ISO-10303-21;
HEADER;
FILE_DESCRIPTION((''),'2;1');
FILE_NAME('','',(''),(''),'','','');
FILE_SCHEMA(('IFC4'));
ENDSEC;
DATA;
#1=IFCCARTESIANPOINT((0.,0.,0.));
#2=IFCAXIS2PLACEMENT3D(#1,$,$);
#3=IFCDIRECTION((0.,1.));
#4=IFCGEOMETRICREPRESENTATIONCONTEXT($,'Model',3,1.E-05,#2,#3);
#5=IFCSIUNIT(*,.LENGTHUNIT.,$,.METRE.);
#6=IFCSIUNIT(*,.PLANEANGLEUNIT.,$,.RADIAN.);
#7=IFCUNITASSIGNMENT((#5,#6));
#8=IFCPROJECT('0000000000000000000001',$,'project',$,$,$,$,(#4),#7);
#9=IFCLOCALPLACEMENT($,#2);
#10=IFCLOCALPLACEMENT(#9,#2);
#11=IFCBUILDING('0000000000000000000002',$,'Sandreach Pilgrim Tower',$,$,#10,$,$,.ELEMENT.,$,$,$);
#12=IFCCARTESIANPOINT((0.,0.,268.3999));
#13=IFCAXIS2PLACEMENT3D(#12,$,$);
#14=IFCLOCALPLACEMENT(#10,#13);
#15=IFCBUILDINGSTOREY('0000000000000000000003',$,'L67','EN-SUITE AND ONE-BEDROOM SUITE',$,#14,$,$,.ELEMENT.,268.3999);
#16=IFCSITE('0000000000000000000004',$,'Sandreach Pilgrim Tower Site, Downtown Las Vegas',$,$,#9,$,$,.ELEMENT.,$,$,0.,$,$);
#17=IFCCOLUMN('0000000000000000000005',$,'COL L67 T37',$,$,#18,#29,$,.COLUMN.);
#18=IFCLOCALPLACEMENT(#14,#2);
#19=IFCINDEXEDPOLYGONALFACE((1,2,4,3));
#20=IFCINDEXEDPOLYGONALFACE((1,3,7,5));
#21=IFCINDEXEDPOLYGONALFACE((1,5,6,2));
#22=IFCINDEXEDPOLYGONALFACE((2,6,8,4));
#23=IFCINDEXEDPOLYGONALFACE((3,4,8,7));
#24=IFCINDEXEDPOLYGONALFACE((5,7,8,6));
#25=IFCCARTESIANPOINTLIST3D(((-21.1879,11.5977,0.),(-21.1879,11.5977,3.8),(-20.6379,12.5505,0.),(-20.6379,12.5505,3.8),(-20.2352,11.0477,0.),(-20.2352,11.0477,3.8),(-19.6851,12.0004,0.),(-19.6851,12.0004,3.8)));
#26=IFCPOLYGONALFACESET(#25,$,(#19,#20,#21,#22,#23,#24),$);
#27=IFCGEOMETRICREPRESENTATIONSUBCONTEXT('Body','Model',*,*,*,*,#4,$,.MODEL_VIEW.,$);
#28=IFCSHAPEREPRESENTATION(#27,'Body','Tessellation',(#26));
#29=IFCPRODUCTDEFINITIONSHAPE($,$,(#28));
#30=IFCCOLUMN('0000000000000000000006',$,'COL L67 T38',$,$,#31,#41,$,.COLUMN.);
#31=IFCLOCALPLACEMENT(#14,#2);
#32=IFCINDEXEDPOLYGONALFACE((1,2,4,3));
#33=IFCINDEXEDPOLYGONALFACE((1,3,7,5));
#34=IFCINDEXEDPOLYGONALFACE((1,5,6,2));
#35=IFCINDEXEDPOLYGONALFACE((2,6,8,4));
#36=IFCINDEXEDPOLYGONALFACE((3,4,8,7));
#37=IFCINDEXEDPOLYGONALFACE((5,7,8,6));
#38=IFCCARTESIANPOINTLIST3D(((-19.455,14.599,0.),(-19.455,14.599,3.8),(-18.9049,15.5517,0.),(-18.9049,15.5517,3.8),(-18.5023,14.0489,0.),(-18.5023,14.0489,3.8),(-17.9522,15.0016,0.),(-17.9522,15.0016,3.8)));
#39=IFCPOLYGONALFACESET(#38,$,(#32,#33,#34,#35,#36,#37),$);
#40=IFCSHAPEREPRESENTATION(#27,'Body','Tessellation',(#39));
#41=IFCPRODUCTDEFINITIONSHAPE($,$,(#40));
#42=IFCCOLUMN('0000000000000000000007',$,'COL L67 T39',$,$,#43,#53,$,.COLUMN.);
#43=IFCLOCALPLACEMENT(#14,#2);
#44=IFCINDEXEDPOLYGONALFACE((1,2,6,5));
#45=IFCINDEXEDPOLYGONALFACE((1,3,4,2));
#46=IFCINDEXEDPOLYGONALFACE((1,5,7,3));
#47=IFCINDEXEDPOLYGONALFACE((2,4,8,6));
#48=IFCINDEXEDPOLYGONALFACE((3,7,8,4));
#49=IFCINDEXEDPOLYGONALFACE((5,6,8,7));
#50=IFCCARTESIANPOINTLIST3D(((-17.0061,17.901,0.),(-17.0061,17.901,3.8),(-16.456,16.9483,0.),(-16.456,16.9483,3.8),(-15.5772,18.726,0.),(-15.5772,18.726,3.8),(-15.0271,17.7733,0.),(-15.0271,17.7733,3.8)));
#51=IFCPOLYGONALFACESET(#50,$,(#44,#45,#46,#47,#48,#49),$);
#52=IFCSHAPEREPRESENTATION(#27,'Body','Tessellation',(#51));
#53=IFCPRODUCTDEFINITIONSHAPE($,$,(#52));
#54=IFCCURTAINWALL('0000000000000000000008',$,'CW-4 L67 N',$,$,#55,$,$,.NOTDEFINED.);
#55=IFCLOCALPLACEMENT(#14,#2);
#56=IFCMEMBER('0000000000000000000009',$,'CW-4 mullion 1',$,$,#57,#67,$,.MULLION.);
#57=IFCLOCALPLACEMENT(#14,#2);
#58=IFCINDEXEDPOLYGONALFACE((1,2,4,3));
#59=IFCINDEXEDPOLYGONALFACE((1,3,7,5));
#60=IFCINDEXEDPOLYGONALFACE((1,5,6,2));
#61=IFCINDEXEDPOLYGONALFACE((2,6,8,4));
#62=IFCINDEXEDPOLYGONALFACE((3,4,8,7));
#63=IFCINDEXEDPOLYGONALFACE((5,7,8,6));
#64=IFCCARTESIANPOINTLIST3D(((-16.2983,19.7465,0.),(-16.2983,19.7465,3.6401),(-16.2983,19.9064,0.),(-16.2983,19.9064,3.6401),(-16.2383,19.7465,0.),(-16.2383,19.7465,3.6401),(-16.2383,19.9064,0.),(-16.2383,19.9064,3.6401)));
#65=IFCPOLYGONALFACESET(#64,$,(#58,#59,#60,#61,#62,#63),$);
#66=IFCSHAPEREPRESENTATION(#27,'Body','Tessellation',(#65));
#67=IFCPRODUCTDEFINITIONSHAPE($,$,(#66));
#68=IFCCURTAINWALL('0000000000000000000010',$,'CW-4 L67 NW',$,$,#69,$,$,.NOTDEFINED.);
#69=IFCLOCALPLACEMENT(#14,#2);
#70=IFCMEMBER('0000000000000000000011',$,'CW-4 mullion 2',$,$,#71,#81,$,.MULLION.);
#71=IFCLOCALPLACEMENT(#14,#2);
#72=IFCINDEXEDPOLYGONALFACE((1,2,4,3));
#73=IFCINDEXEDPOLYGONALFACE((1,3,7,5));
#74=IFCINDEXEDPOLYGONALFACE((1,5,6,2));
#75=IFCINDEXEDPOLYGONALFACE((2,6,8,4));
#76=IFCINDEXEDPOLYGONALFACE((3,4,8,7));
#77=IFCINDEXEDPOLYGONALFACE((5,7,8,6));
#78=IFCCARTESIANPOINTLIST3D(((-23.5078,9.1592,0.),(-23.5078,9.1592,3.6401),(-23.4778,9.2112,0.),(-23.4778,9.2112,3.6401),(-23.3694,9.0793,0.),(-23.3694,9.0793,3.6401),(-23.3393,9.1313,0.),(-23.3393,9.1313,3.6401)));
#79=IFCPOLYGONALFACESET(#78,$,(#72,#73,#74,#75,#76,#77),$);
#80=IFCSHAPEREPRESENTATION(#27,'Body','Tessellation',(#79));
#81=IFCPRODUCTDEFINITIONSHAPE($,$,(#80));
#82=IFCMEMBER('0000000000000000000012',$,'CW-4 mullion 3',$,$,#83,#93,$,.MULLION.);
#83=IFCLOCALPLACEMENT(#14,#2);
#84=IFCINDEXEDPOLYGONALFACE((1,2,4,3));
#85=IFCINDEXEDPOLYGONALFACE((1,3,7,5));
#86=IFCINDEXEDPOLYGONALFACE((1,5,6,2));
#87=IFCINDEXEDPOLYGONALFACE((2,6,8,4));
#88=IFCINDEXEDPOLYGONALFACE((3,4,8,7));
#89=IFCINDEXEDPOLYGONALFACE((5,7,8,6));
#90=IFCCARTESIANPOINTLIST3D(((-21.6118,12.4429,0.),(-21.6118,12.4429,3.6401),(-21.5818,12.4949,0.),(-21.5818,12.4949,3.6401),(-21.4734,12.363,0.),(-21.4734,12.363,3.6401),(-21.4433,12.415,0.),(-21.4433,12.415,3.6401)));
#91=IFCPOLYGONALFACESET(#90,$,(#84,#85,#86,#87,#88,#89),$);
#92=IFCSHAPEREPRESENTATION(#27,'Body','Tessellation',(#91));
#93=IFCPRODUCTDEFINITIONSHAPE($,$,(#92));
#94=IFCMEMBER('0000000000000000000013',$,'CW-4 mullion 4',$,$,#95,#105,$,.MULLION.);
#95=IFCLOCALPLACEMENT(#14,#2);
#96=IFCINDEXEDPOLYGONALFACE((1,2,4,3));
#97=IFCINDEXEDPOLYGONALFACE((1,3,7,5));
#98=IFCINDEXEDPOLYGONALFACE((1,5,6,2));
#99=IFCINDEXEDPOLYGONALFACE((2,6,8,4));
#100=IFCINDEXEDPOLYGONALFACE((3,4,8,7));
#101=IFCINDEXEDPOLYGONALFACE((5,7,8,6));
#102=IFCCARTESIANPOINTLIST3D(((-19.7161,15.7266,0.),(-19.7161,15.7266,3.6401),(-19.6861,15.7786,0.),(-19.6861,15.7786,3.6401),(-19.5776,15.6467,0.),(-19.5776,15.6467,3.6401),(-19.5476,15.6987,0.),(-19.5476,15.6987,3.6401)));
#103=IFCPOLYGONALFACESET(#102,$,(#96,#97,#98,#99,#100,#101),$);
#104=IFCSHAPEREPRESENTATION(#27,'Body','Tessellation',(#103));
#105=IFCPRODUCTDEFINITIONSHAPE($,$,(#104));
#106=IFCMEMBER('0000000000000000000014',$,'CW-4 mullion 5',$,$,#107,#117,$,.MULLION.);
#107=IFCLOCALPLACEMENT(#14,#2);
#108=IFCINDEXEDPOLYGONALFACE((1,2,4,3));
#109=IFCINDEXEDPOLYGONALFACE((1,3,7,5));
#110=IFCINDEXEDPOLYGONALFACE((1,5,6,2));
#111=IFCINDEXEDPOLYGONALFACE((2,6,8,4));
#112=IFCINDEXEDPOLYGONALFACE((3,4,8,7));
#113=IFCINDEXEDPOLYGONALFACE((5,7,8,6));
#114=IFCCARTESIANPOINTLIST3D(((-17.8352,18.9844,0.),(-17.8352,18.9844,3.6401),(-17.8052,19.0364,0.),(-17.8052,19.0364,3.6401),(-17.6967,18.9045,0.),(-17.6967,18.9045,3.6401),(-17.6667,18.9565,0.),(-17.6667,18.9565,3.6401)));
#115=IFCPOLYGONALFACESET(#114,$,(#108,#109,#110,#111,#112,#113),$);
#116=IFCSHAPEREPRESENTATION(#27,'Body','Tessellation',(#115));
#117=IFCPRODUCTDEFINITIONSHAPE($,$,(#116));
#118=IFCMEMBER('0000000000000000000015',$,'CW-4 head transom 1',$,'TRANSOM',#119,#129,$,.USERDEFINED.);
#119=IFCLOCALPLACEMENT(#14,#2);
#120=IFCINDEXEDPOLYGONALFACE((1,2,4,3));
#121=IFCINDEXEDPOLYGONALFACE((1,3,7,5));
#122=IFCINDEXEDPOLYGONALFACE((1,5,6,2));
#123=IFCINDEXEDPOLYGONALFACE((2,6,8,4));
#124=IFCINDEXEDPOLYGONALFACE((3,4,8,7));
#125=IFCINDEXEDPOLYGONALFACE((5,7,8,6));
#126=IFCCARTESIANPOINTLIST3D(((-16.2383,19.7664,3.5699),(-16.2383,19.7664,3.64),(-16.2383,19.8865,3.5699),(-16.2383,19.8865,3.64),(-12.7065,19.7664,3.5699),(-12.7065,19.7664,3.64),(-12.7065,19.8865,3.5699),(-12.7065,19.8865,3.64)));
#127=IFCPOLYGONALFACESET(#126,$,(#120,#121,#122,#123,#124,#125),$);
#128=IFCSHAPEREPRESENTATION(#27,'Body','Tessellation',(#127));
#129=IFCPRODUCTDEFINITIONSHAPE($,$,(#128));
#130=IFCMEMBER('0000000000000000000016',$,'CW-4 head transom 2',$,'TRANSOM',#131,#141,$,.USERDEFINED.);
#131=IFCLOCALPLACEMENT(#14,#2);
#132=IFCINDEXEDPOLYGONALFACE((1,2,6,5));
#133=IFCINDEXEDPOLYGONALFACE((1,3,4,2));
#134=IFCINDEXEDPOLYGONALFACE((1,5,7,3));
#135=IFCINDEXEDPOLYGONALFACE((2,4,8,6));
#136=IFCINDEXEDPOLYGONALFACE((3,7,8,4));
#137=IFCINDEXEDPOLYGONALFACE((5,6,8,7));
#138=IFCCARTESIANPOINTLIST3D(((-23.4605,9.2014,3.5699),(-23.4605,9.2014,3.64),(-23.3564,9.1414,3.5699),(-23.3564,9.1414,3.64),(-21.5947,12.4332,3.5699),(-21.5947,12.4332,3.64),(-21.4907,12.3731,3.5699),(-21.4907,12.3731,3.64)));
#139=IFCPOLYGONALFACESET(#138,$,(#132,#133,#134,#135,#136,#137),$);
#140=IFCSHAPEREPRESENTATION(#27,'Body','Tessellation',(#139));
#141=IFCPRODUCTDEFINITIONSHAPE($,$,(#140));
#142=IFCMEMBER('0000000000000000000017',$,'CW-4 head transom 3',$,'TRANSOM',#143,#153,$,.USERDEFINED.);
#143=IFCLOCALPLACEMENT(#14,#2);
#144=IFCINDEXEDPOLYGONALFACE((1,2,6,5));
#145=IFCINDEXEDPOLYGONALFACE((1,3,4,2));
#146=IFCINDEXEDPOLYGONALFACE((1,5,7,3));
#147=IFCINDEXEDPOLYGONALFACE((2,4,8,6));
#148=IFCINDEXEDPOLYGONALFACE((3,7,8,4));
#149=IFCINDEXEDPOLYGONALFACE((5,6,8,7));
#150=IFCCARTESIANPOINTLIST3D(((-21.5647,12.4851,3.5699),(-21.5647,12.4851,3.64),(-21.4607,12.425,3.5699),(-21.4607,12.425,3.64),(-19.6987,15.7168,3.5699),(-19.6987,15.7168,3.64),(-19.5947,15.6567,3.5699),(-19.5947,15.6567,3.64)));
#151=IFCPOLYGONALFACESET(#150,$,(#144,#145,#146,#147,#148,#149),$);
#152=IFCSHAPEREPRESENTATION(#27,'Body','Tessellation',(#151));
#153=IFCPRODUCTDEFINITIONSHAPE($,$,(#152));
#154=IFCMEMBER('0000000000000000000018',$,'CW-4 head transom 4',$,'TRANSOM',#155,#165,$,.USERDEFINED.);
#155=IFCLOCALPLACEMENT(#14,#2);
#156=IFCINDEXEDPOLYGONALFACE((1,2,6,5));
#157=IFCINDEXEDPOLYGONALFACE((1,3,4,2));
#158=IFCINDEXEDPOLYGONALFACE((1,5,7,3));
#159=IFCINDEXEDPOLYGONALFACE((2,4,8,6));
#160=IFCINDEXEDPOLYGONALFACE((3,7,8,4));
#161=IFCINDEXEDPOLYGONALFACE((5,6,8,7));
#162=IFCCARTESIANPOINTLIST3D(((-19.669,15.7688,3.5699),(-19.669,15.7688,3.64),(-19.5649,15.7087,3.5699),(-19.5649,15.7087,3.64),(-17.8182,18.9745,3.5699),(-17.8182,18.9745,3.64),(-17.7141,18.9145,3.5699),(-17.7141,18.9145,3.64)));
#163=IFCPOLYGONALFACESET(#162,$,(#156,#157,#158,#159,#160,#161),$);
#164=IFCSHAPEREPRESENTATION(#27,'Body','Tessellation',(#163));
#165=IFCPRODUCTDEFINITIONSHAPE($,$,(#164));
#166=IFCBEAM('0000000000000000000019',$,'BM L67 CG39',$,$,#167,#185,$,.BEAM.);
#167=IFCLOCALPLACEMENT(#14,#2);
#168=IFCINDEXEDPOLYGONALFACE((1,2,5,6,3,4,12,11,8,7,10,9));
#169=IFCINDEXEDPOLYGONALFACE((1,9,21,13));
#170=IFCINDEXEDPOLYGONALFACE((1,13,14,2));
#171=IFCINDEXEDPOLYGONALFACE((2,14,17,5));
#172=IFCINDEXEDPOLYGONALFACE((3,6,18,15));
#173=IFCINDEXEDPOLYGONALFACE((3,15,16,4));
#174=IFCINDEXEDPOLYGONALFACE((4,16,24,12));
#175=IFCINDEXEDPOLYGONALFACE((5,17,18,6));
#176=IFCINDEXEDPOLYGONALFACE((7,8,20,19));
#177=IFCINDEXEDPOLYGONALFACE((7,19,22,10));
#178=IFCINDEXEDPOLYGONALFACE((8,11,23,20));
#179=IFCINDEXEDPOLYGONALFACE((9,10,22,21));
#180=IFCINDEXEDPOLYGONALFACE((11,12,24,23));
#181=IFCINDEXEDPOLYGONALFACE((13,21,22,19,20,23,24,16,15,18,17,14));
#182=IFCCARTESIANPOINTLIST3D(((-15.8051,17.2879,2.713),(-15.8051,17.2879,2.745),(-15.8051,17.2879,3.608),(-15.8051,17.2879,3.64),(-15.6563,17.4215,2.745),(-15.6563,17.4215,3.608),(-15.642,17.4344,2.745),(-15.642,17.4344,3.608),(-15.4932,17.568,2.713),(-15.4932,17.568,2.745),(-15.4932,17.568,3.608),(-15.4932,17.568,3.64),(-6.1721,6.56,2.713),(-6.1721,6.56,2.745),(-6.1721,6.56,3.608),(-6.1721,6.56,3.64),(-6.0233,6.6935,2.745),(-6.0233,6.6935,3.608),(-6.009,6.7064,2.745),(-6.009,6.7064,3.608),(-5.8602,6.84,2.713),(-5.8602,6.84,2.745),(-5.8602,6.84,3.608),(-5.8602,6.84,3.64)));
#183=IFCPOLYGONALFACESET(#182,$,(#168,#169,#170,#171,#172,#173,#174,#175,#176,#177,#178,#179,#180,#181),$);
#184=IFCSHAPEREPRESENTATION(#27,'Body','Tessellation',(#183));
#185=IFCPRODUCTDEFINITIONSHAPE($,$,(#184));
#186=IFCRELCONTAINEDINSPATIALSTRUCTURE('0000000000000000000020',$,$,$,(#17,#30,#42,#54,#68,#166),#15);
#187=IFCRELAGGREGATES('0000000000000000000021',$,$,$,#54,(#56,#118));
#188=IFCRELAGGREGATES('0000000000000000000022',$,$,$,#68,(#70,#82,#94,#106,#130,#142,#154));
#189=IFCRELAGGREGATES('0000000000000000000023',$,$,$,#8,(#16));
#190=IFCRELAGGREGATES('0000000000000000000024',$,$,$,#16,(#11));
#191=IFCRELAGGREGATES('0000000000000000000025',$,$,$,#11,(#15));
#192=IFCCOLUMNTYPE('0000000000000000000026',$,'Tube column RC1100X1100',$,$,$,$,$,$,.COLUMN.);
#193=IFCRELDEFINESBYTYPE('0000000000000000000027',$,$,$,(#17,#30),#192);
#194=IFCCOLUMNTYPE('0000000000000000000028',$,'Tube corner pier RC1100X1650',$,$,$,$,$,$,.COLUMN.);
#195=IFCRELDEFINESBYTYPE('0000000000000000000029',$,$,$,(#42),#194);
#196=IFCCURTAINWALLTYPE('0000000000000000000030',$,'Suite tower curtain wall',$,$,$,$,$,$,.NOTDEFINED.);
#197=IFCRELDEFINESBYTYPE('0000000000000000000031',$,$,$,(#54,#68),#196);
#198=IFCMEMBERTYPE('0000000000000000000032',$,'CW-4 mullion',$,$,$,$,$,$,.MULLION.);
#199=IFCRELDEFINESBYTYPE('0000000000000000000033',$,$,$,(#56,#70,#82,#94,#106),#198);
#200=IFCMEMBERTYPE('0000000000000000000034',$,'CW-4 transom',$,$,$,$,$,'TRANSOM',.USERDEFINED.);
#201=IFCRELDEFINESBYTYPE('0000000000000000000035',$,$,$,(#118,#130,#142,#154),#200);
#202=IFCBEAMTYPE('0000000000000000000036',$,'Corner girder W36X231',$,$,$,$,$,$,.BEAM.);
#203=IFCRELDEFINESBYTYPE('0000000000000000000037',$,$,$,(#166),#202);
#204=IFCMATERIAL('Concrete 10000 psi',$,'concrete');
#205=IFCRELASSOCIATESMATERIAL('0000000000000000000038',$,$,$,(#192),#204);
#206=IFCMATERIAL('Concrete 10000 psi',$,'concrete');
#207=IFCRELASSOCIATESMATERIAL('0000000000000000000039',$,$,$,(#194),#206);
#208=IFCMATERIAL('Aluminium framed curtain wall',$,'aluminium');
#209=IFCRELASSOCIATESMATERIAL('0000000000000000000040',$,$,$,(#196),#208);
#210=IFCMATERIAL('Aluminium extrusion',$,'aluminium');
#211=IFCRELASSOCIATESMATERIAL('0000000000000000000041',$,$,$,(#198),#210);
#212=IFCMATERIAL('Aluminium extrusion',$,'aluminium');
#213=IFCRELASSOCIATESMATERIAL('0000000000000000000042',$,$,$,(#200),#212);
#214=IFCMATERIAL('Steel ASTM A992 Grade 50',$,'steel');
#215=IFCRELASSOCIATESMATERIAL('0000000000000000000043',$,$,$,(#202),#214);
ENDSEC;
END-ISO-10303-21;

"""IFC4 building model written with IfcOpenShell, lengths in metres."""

from ifc_helpers import new_model, si_unit, direction, frame, origin, origin_2d, place, context, subcontext, project, spatial, rectangle, i_section, extrude, material, material_profile, profile_set, type_object, element, aggregate, save


model = new_model("IFC4")

# Units and contexts
model_context = context("Model", 3, precision=1e-05, world=origin(), true_north=direction((0.0, 1.0)))
body_context = subcontext(model_context, "Body", "Model", "MODEL_VIEW")
ifc_project = project(units=[si_unit("LENGTHUNIT", "METRE"), si_unit("PLANEANGLEUNIT", "RADIAN")], contexts=[model_context])

# Site, building, storey
site_placement = place(None, origin())
site = spatial("IfcSite", under=ifc_project, at=site_placement, Name="Sandreach Pilgrim Tower Site, Downtown Las Vegas", CompositionType="ELEMENT", RefElevation=0.0)
building_placement = place(site_placement, origin())
building = spatial("IfcBuilding", under=site, at=building_placement, Name="Sandreach Pilgrim Tower", CompositionType="ELEMENT")
storey_placement = place(building_placement, frame((0.0, 0.0, 268.3999)))
storey = spatial("IfcBuildingStorey", under=building, at=storey_placement, Name="L67", Description="EN-SUITE AND ONE-BEDROOM SUITE", CompositionType="ELEMENT", Elevation=268.3999)

# Columns
ifc_material_1 = material(Name="Concrete 10000 psi", Category="concrete")
ifc_material_profile_1 = material_profile(ifc_material_1, rectangle(XDim=1.1001, YDim=1.1001, at=origin_2d()), Name="RC1100X1100")
ifc_profile_set_1 = profile_set([ifc_material_profile_1], Name="Concrete 10000 psi")
column_type_1 = type_object("IfcColumnType", Name="Tube column RC1100X1100", PredefinedType="COLUMN", material=ifc_profile_set_1)
for number, where, z_axis, x_axis, name in (
    (1, (-20.4365, 11.7991, 0.0), (0.0, 0.0, 1.0), (-0.866025, 0.5, 0.0), "COL L67 T37"),
    (2, (-18.7036, 14.8003, 0.0), (0.0, 0.0, 1.0), (-0.866025, 0.5, 0.0), "COL L67 T38"),
):
    element("IfcColumn", number, at=place(storey_placement, frame(where, z_axis=z_axis, x_axis=x_axis)), inside=storey, type_object=column_type_1, Name=name, PredefinedType="COLUMN", context=body_context, shape_type="SweptSolid", body=[
        extrude(rectangle(XDim=1.1001, YDim=1.1001, at=origin_2d()), origin(), (0.0, 0.0, 1.0), 3.8),
    ])
ifc_material_2 = material(Name="Concrete 10000 psi", Category="concrete")
ifc_material_profile_2 = material_profile(ifc_material_2, rectangle(XDim=1.1001, YDim=1.6499, at=origin_2d()), Name="RC1100X1650")
ifc_profile_set_2 = profile_set([ifc_material_profile_2], Name="Concrete 10000 psi")
column_type_2 = type_object("IfcColumnType", Name="Tube corner pier RC1100X1650", PredefinedType="COLUMN", material=ifc_profile_set_2)
column_placement = place(storey_placement, frame((-16.0166, 17.8372, 0.0), z_axis=(0.0, 0.0, 1.0), x_axis=(-0.5, 0.866025, 0.0)))
element("IfcColumn", 3, at=column_placement, inside=storey, type_object=column_type_2, Name="COL L67 T39", PredefinedType="COLUMN", context=body_context, shape_type="SweptSolid", body=[
    extrude(rectangle(XDim=1.1001, YDim=1.6499, at=origin_2d()), origin(), (0.0, 0.0, 1.0), 3.8),
])

# Curtain wall, member
ifc_material_3 = material(Name="Aluminium framed curtain wall", Category="aluminium")
curtain_wall_type = type_object("IfcCurtainWallType", Name="Suite tower curtain wall", PredefinedType="NOTDEFINED", material=ifc_material_3)
curtain_wall_1_placement = place(storey_placement, origin())
curtain_wall_1 = element("IfcCurtainWall", 4, at=curtain_wall_1_placement, inside=storey, type_object=curtain_wall_type, Name="CW-4 L67 N", PredefinedType="NOTDEFINED")
ifc_material_4 = material(Name="Aluminium extrusion", Category="aluminium")
ifc_material_profile_3 = material_profile(ifc_material_4, rectangle(XDim=0.0601, YDim=0.1599, at=origin_2d()), Name="CW-4M 60X160")
ifc_profile_set_3 = profile_set([ifc_material_profile_3], Name="Aluminium extrusion")
member_type_1 = type_object("IfcMemberType", Name="CW-4 mullion", PredefinedType="MULLION", material=ifc_profile_set_3)
member_1_placement = place(storey_placement, frame((-16.2683, 19.8264, 0.0), z_axis=(0.0, 0.0, 1.0), x_axis=(1.0, 0.0, 0.0)))
member_1 = element("IfcMember", 5, at=member_1_placement, type_object=member_type_1, Name="CW-4 mullion 1", PredefinedType="MULLION", context=body_context, shape_type="SweptSolid", body=[
    extrude(rectangle(XDim=0.0601, YDim=0.1599, at=origin_2d()), origin(), (0.0, 0.0, 1.0), 3.6401),
])

# Curtain wall, members
curtain_wall_2_placement = place(storey_placement, origin())
curtain_wall_2 = element("IfcCurtainWall", 6, at=curtain_wall_2_placement, inside=storey, type_object=curtain_wall_type, Name="CW-4 L67 NW", PredefinedType="NOTDEFINED")
member_2_placement = place(storey_placement, frame((-23.4236, 9.1453, 0.0), z_axis=(0.0, 0.0, 1.0), x_axis=(0.5, 0.866025, 0.0)))
member_2 = element("IfcMember", 7, at=member_2_placement, type_object=member_type_1, Name="CW-4 mullion 2", PredefinedType="MULLION", context=body_context, shape_type="SweptSolid", body=[
    extrude(rectangle(XDim=0.0601, YDim=0.1599, at=origin_2d()), origin(), (0.0, 0.0, 1.0), 3.6401),
])
member_3_placement = place(storey_placement, frame((-21.5276, 12.429, 0.0), z_axis=(0.0, 0.0, 1.0), x_axis=(0.5, 0.866025, 0.0)))
member_3 = element("IfcMember", 8, at=member_3_placement, type_object=member_type_1, Name="CW-4 mullion 3", PredefinedType="MULLION", context=body_context, shape_type="SweptSolid", body=[
    extrude(rectangle(XDim=0.0601, YDim=0.1599, at=origin_2d()), origin(), (0.0, 0.0, 1.0), 3.6401),
])
member_4_placement = place(storey_placement, frame((-19.6318, 15.7126, 0.0), z_axis=(0.0, 0.0, 1.0), x_axis=(0.5, 0.866025, 0.0)))
member_4 = element("IfcMember", 9, at=member_4_placement, type_object=member_type_1, Name="CW-4 mullion 4", PredefinedType="MULLION", context=body_context, shape_type="SweptSolid", body=[
    extrude(rectangle(XDim=0.0601, YDim=0.1599, at=origin_2d()), origin(), (0.0, 0.0, 1.0), 3.6401),
])
member_5_placement = place(storey_placement, frame((-17.751, 18.9705, 0.0), z_axis=(0.0, 0.0, 1.0), x_axis=(0.5, 0.866025, 0.0)))
member_5 = element("IfcMember", 10, at=member_5_placement, type_object=member_type_1, Name="CW-4 mullion 5", PredefinedType="MULLION", context=body_context, shape_type="SweptSolid", body=[
    extrude(rectangle(XDim=0.0601, YDim=0.1599, at=origin_2d()), origin(), (0.0, 0.0, 1.0), 3.6401),
])

# Members
ifc_material_5 = material(Name="Aluminium extrusion", Category="aluminium")
ifc_material_profile_4 = material_profile(ifc_material_5, rectangle(XDim=0.1201, YDim=0.0701, at=origin_2d()), Name="CW-4T 120X70")
ifc_profile_set_4 = profile_set([ifc_material_profile_4], Name="Aluminium extrusion")
member_type_2 = type_object("IfcMemberType", Name="CW-4 transom", ElementType="TRANSOM", PredefinedType="USERDEFINED", material=ifc_profile_set_4)
member_6_placement = place(storey_placement, frame((-16.2383, 19.8264, 3.605), z_axis=(1.0, 0.0, 0.0), x_axis=(0.0, 1.0, 0.0)))
member_6 = element("IfcMember", 11, at=member_6_placement, type_object=member_type_2, Name="CW-4 head transom 1", ObjectType="TRANSOM", PredefinedType="USERDEFINED", context=body_context, shape_type="SweptSolid", body=[
    extrude(rectangle(XDim=0.1201, YDim=0.0701, at=origin_2d()), origin(), (0.0, 0.0, 1.0), 3.5317),
])
member_7_placement = place(storey_placement, frame((-23.4084, 9.1714, 3.605), z_axis=(0.499981, 0.866036, 0.0), x_axis=(-0.866036, 0.499981, 0.0)))
member_7 = element("IfcMember", 12, at=member_7_placement, type_object=member_type_2, Name="CW-4 head transom 2", ObjectType="TRANSOM", PredefinedType="USERDEFINED", context=body_context, shape_type="SweptSolid", body=[
    extrude(rectangle(XDim=0.1201, YDim=0.0701, at=origin_2d()), origin(), (0.0, 0.0, 1.0), 3.7317),
])
member_8_placement = place(storey_placement, frame((-21.5127, 12.4551, 3.605), z_axis=(0.50003, 0.866008, 0.0), x_axis=(-0.866008, 0.50003, 0.0)))
member_8 = element("IfcMember", 13, at=member_8_placement, type_object=member_type_2, Name="CW-4 head transom 3", ObjectType="TRANSOM", PredefinedType="USERDEFINED", context=body_context, shape_type="SweptSolid", body=[
    extrude(rectangle(XDim=0.1201, YDim=0.0701, at=origin_2d()), origin(), (0.0, 0.0, 1.0), 3.7317),
])
member_9_placement = place(storey_placement, frame((-19.6169, 15.7388, 3.605), z_axis=(0.499991, 0.866031, 0.0), x_axis=(-0.866031, 0.499991, 0.0)))
member_9 = element("IfcMember", 14, at=member_9_placement, type_object=member_type_2, Name="CW-4 head transom 4", ObjectType="TRANSOM", PredefinedType="USERDEFINED", context=body_context, shape_type="SweptSolid", body=[
    extrude(rectangle(XDim=0.1201, YDim=0.0701, at=origin_2d()), origin(), (0.0, 0.0, 1.0), 3.7017),
])

# Beam
ifc_material_6 = material(Name="Steel ASTM A992 Grade 50", Category="steel")
ifc_material_profile_5 = material_profile(ifc_material_6, i_section(OverallWidth=0.4192, OverallDepth=0.927, WebThickness=0.0193, FlangeThickness=0.032, at=origin_2d()), Name="W36X231")
ifc_profile_set_5 = profile_set([ifc_material_profile_5], Name="Steel ASTM A992 Grade 50")
beam_type_1 = type_object("IfcBeamType", Name="Corner girder W36X231", PredefinedType="BEAM", material=ifc_profile_set_5)
beam_1_placement = place(storey_placement, frame((-15.6492, 17.428, 3.1765), z_axis=(0.668115, -0.744058, 0.0), x_axis=(0.744058, 0.668115, 0.0)))
element("IfcBeam", 15, at=beam_1_placement, inside=storey, type_object=beam_type_1, Name="BM L67 CG39", PredefinedType="BEAM", context=body_context, shape_type="SweptSolid", body=[
    extrude(i_section(OverallWidth=0.4192, OverallDepth=0.927, WebThickness=0.0193, FlangeThickness=0.032, at=origin_2d()), origin(), (0.0, 0.0, 1.0), 14.4182),
])

aggregate(curtain_wall_1, [member_1, member_6])
aggregate(curtain_wall_2, [member_2, member_3, member_4, member_5, member_7, member_8, member_9])

save(model, "model.ifc")
